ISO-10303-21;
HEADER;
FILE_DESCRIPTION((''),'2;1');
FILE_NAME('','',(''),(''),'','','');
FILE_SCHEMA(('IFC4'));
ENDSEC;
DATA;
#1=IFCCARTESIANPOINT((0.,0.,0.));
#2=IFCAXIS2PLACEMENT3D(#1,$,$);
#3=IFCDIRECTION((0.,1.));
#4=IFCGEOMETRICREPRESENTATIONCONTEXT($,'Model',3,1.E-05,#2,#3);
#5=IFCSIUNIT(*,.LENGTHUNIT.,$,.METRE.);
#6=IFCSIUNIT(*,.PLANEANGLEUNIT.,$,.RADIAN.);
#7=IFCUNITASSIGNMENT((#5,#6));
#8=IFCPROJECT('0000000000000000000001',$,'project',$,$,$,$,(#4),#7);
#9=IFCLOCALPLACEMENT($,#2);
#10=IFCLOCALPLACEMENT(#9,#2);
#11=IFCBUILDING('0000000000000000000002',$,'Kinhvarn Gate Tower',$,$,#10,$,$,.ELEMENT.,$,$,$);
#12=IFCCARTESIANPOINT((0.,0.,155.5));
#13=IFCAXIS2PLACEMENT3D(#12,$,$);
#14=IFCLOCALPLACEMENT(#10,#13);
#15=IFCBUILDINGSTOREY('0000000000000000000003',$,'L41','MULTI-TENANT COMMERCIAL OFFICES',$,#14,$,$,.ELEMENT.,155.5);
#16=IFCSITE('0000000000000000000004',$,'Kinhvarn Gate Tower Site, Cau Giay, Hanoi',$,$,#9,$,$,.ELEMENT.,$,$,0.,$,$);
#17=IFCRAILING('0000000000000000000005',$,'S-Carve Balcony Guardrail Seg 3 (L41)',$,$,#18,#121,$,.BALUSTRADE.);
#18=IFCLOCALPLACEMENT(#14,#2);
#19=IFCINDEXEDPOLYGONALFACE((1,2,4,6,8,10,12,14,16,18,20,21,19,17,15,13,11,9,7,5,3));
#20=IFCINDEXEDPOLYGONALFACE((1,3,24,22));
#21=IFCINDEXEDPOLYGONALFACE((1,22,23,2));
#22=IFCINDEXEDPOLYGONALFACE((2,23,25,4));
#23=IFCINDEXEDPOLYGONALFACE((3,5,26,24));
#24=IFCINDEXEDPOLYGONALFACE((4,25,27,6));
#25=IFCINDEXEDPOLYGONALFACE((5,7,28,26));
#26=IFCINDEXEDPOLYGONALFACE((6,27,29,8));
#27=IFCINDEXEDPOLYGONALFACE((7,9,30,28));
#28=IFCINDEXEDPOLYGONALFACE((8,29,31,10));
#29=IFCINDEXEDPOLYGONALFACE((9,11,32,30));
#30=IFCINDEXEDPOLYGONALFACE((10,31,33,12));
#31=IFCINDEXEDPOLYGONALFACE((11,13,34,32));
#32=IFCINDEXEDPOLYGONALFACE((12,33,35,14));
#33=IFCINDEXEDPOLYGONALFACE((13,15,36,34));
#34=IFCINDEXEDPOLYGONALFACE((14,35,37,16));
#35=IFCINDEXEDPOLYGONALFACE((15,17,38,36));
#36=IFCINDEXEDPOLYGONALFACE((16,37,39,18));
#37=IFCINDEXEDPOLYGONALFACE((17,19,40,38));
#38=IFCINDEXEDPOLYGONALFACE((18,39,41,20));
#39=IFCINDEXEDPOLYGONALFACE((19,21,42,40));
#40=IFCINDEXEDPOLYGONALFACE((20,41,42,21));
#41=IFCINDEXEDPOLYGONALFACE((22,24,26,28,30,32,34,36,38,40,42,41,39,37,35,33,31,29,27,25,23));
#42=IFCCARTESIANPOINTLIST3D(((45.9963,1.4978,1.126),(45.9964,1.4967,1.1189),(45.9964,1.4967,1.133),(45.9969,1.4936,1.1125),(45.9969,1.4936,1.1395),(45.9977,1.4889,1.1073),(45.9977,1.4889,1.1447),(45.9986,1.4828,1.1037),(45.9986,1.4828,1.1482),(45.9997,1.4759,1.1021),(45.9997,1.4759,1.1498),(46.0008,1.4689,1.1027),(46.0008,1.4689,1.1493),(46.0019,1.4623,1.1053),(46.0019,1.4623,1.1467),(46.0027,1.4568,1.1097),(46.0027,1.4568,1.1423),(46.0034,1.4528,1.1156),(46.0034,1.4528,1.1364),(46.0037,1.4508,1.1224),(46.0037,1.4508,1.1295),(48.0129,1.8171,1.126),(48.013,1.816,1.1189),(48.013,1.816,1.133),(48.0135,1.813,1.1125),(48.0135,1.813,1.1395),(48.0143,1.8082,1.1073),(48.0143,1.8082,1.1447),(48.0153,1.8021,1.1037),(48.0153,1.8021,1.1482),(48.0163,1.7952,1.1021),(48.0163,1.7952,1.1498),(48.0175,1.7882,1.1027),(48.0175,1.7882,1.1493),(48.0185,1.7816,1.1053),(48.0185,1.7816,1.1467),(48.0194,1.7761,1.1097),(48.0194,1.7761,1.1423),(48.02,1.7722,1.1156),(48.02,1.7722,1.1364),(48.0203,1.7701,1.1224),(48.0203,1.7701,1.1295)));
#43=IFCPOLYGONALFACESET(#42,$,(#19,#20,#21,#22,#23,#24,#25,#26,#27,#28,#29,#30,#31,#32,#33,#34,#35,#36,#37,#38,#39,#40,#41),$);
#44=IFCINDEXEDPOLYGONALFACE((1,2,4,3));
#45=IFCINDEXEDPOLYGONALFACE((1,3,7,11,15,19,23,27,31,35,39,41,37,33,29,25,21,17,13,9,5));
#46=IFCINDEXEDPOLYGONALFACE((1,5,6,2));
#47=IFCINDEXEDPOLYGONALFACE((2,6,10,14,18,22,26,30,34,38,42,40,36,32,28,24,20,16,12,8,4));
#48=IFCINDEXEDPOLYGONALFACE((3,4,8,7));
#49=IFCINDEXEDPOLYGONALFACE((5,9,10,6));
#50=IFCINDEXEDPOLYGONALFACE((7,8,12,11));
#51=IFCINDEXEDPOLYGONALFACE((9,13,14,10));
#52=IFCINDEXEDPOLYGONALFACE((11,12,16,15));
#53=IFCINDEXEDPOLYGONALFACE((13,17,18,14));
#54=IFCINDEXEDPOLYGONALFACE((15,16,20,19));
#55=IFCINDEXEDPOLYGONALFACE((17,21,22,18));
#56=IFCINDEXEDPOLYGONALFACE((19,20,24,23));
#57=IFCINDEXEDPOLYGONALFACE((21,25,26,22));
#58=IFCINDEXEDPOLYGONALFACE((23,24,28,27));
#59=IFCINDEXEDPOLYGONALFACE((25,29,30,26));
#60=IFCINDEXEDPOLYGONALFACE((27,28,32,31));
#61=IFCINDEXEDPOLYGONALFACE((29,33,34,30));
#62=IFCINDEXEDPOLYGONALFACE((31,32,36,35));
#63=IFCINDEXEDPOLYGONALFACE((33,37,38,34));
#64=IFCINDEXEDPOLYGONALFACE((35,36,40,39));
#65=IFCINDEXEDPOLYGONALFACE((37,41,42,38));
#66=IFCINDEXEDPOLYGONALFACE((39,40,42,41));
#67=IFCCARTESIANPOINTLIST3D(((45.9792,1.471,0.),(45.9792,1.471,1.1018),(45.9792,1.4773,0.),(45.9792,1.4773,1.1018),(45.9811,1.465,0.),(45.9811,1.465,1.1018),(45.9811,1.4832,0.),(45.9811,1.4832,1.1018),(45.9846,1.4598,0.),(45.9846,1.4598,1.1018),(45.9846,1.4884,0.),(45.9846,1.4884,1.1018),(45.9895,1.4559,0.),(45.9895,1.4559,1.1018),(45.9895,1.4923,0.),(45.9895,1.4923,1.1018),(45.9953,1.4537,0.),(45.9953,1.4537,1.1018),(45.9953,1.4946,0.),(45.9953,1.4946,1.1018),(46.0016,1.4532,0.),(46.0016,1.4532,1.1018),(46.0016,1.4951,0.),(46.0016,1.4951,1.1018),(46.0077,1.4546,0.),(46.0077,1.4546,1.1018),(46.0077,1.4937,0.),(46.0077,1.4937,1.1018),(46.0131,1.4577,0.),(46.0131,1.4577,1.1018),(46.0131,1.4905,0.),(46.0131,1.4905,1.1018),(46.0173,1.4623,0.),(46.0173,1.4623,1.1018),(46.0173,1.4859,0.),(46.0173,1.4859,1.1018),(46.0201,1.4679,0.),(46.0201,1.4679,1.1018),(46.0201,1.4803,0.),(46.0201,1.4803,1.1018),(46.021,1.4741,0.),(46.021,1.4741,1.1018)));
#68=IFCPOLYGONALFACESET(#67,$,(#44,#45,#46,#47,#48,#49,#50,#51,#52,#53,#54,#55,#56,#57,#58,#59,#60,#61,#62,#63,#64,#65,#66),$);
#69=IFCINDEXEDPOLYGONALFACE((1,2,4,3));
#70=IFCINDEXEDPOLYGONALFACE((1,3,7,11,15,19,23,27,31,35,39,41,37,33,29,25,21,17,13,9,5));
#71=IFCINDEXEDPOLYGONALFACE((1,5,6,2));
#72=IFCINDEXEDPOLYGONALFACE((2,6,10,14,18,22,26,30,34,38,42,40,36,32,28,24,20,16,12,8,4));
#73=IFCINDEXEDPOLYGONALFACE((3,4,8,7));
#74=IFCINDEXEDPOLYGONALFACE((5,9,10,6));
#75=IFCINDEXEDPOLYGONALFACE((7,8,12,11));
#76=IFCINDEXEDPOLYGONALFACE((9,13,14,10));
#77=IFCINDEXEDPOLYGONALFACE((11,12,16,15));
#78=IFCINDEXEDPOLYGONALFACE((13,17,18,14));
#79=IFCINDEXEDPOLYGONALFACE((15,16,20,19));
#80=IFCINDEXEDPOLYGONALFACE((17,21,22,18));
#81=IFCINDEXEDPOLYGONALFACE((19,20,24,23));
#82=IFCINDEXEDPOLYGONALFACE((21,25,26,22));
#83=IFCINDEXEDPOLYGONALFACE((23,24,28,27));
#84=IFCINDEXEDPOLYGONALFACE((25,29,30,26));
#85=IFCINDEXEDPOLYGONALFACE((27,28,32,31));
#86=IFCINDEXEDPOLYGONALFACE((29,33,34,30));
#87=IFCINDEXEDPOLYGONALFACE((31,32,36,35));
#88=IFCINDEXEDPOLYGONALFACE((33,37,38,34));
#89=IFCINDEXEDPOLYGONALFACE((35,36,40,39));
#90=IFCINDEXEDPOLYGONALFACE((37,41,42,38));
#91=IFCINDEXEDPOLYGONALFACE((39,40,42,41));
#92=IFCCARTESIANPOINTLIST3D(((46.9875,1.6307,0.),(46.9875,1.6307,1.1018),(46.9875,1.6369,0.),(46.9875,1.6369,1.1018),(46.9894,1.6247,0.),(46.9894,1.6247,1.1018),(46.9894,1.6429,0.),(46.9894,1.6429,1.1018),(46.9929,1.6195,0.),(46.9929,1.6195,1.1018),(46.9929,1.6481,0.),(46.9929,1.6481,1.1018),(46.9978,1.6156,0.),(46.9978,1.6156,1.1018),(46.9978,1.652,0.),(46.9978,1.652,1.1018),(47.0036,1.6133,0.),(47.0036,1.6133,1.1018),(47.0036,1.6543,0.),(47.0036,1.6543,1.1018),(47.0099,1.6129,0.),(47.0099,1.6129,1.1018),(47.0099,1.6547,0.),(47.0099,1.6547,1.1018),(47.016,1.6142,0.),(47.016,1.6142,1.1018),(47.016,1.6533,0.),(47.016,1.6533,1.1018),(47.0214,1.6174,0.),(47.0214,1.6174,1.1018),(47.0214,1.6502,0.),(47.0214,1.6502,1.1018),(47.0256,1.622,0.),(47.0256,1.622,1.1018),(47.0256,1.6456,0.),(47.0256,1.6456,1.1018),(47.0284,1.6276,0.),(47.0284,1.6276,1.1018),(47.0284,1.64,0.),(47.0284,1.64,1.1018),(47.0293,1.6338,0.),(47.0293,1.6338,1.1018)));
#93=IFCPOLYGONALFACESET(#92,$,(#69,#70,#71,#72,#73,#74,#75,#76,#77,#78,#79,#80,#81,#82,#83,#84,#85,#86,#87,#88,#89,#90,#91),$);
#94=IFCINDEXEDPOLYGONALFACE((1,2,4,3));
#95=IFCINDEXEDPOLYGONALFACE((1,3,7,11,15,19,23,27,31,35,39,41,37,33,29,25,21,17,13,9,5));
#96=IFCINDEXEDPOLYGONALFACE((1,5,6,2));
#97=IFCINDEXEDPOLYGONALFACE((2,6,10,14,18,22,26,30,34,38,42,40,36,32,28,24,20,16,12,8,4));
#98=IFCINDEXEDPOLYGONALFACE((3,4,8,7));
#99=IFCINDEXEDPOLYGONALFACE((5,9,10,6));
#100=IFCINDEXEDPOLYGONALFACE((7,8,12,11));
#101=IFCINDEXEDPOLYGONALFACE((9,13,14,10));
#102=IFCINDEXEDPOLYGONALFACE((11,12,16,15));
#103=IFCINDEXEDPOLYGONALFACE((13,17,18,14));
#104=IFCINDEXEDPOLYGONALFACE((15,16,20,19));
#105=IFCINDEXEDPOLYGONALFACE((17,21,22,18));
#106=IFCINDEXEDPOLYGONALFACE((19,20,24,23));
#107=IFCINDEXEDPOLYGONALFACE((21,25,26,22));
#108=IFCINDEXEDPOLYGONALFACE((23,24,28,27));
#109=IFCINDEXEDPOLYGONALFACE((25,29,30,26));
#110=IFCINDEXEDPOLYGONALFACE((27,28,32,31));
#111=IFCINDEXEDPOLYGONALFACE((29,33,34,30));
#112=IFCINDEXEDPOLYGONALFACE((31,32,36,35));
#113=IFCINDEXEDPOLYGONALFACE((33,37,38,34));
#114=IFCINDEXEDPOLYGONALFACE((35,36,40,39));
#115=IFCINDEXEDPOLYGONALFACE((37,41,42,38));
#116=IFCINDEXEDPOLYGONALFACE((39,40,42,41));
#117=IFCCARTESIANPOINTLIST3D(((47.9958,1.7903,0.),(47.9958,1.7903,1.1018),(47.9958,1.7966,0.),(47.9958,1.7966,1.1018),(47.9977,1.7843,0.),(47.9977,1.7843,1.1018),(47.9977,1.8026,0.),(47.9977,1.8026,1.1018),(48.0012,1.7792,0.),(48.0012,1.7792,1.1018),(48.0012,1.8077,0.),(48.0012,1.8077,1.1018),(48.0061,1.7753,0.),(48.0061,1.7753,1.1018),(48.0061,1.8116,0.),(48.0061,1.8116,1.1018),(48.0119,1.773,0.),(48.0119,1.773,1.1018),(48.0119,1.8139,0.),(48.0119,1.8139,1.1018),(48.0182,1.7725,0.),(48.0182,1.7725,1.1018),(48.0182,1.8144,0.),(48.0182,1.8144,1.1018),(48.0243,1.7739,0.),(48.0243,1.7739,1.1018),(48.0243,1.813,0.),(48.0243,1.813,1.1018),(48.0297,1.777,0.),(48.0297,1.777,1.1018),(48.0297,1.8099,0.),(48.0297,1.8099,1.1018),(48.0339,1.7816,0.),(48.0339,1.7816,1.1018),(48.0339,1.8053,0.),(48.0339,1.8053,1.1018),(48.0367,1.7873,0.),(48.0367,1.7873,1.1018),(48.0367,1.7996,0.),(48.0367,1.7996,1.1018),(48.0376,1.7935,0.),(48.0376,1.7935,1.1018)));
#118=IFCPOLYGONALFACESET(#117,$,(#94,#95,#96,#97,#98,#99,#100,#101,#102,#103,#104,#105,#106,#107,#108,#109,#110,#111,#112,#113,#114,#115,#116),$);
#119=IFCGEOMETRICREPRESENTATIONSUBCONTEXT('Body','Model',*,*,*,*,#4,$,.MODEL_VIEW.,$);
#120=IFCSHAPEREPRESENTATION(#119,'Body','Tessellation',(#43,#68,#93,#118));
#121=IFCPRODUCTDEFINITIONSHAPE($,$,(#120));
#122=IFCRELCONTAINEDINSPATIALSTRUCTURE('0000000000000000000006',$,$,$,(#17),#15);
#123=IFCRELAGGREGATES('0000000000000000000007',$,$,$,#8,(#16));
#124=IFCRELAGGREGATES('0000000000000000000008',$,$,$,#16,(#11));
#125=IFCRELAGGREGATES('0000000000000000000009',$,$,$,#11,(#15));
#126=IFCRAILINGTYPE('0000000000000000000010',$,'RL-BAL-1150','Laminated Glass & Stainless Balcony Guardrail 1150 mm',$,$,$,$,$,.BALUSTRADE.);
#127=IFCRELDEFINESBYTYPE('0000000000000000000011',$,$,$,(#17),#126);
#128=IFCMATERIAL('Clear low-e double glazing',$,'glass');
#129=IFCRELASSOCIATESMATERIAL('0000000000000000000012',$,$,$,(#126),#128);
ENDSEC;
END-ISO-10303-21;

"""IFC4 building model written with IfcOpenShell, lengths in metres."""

from ifc_helpers import new_model, si_unit, direction, frame, origin, origin_2d, place, context, subcontext, project, spatial, circle, extrude, material, type_object, element, save


model = new_model("IFC4")

# Units and contexts
model_context = context("Model", 3, precision=1e-05, world=origin(), true_north=direction((0.0, 1.0)))
body_context = subcontext(model_context, "Body", "Model", "MODEL_VIEW")
ifc_project = project(units=[si_unit("LENGTHUNIT", "METRE"), si_unit("PLANEANGLEUNIT", "RADIAN")], contexts=[model_context])

# Site, building, storey
site_placement = place(None, origin())
site = spatial("IfcSite", under=ifc_project, at=site_placement, Name="Kinhvarn Gate Tower Site, Cau Giay, Hanoi", CompositionType="ELEMENT", RefElevation=0.0)
building_placement = place(site_placement, origin())
building = spatial("IfcBuilding", under=site, at=building_placement, Name="Kinhvarn Gate Tower", CompositionType="ELEMENT")
storey_placement = place(building_placement, frame((0.0, 0.0, 155.5)))
storey = spatial("IfcBuildingStorey", under=building, at=storey_placement, Name="L41", Description="MULTI-TENANT COMMERCIAL OFFICES", CompositionType="ELEMENT", Elevation=155.5)

# Shared definitions
ifc_material_1 = material(Name="Clear low-e double glazing", Category="glass")

# Railing
railing_type = type_object("IfcRailingType", Name="RL-BAL-1150", Description="Laminated Glass & Stainless Balcony Guardrail 1150 mm", PredefinedType="BALUSTRADE", material=ifc_material_1)
railing_1_placement = place(storey_placement, frame((46.0, 1.4741, 0.0)))
element("IfcRailing", 1, at=railing_1_placement, inside=storey, type_object=railing_type, Name="S-Carve Balcony Guardrail Seg 3 (L41)", PredefinedType="BALUSTRADE", context=body_context, shape_type="SweptSolid", body=[
    extrude(circle(Radius=0.0239, at=origin_2d()), frame((0.0, 0.0, 1.126), z_axis=(0.987693, 0.156405, 0.0), x_axis=(-0.156405, 0.987693, 0.0)), (0.0, 0.0, 1.0), 2.0417),
    extrude(circle(Radius=0.021, at=origin_2d()), origin(), (0.0, 0.0, 1.0), 1.1018),
    extrude(circle(Radius=0.021, at=origin_2d()), frame((1.0083, 0.1597, 0.0)), (0.0, 0.0, 1.0), 1.1018),
    extrude(circle(Radius=0.021, at=origin_2d()), frame((2.0166, 0.3193, 0.0)), (0.0, 0.0, 1.0), 1.1018),
])

save(model, "model.ifc")
